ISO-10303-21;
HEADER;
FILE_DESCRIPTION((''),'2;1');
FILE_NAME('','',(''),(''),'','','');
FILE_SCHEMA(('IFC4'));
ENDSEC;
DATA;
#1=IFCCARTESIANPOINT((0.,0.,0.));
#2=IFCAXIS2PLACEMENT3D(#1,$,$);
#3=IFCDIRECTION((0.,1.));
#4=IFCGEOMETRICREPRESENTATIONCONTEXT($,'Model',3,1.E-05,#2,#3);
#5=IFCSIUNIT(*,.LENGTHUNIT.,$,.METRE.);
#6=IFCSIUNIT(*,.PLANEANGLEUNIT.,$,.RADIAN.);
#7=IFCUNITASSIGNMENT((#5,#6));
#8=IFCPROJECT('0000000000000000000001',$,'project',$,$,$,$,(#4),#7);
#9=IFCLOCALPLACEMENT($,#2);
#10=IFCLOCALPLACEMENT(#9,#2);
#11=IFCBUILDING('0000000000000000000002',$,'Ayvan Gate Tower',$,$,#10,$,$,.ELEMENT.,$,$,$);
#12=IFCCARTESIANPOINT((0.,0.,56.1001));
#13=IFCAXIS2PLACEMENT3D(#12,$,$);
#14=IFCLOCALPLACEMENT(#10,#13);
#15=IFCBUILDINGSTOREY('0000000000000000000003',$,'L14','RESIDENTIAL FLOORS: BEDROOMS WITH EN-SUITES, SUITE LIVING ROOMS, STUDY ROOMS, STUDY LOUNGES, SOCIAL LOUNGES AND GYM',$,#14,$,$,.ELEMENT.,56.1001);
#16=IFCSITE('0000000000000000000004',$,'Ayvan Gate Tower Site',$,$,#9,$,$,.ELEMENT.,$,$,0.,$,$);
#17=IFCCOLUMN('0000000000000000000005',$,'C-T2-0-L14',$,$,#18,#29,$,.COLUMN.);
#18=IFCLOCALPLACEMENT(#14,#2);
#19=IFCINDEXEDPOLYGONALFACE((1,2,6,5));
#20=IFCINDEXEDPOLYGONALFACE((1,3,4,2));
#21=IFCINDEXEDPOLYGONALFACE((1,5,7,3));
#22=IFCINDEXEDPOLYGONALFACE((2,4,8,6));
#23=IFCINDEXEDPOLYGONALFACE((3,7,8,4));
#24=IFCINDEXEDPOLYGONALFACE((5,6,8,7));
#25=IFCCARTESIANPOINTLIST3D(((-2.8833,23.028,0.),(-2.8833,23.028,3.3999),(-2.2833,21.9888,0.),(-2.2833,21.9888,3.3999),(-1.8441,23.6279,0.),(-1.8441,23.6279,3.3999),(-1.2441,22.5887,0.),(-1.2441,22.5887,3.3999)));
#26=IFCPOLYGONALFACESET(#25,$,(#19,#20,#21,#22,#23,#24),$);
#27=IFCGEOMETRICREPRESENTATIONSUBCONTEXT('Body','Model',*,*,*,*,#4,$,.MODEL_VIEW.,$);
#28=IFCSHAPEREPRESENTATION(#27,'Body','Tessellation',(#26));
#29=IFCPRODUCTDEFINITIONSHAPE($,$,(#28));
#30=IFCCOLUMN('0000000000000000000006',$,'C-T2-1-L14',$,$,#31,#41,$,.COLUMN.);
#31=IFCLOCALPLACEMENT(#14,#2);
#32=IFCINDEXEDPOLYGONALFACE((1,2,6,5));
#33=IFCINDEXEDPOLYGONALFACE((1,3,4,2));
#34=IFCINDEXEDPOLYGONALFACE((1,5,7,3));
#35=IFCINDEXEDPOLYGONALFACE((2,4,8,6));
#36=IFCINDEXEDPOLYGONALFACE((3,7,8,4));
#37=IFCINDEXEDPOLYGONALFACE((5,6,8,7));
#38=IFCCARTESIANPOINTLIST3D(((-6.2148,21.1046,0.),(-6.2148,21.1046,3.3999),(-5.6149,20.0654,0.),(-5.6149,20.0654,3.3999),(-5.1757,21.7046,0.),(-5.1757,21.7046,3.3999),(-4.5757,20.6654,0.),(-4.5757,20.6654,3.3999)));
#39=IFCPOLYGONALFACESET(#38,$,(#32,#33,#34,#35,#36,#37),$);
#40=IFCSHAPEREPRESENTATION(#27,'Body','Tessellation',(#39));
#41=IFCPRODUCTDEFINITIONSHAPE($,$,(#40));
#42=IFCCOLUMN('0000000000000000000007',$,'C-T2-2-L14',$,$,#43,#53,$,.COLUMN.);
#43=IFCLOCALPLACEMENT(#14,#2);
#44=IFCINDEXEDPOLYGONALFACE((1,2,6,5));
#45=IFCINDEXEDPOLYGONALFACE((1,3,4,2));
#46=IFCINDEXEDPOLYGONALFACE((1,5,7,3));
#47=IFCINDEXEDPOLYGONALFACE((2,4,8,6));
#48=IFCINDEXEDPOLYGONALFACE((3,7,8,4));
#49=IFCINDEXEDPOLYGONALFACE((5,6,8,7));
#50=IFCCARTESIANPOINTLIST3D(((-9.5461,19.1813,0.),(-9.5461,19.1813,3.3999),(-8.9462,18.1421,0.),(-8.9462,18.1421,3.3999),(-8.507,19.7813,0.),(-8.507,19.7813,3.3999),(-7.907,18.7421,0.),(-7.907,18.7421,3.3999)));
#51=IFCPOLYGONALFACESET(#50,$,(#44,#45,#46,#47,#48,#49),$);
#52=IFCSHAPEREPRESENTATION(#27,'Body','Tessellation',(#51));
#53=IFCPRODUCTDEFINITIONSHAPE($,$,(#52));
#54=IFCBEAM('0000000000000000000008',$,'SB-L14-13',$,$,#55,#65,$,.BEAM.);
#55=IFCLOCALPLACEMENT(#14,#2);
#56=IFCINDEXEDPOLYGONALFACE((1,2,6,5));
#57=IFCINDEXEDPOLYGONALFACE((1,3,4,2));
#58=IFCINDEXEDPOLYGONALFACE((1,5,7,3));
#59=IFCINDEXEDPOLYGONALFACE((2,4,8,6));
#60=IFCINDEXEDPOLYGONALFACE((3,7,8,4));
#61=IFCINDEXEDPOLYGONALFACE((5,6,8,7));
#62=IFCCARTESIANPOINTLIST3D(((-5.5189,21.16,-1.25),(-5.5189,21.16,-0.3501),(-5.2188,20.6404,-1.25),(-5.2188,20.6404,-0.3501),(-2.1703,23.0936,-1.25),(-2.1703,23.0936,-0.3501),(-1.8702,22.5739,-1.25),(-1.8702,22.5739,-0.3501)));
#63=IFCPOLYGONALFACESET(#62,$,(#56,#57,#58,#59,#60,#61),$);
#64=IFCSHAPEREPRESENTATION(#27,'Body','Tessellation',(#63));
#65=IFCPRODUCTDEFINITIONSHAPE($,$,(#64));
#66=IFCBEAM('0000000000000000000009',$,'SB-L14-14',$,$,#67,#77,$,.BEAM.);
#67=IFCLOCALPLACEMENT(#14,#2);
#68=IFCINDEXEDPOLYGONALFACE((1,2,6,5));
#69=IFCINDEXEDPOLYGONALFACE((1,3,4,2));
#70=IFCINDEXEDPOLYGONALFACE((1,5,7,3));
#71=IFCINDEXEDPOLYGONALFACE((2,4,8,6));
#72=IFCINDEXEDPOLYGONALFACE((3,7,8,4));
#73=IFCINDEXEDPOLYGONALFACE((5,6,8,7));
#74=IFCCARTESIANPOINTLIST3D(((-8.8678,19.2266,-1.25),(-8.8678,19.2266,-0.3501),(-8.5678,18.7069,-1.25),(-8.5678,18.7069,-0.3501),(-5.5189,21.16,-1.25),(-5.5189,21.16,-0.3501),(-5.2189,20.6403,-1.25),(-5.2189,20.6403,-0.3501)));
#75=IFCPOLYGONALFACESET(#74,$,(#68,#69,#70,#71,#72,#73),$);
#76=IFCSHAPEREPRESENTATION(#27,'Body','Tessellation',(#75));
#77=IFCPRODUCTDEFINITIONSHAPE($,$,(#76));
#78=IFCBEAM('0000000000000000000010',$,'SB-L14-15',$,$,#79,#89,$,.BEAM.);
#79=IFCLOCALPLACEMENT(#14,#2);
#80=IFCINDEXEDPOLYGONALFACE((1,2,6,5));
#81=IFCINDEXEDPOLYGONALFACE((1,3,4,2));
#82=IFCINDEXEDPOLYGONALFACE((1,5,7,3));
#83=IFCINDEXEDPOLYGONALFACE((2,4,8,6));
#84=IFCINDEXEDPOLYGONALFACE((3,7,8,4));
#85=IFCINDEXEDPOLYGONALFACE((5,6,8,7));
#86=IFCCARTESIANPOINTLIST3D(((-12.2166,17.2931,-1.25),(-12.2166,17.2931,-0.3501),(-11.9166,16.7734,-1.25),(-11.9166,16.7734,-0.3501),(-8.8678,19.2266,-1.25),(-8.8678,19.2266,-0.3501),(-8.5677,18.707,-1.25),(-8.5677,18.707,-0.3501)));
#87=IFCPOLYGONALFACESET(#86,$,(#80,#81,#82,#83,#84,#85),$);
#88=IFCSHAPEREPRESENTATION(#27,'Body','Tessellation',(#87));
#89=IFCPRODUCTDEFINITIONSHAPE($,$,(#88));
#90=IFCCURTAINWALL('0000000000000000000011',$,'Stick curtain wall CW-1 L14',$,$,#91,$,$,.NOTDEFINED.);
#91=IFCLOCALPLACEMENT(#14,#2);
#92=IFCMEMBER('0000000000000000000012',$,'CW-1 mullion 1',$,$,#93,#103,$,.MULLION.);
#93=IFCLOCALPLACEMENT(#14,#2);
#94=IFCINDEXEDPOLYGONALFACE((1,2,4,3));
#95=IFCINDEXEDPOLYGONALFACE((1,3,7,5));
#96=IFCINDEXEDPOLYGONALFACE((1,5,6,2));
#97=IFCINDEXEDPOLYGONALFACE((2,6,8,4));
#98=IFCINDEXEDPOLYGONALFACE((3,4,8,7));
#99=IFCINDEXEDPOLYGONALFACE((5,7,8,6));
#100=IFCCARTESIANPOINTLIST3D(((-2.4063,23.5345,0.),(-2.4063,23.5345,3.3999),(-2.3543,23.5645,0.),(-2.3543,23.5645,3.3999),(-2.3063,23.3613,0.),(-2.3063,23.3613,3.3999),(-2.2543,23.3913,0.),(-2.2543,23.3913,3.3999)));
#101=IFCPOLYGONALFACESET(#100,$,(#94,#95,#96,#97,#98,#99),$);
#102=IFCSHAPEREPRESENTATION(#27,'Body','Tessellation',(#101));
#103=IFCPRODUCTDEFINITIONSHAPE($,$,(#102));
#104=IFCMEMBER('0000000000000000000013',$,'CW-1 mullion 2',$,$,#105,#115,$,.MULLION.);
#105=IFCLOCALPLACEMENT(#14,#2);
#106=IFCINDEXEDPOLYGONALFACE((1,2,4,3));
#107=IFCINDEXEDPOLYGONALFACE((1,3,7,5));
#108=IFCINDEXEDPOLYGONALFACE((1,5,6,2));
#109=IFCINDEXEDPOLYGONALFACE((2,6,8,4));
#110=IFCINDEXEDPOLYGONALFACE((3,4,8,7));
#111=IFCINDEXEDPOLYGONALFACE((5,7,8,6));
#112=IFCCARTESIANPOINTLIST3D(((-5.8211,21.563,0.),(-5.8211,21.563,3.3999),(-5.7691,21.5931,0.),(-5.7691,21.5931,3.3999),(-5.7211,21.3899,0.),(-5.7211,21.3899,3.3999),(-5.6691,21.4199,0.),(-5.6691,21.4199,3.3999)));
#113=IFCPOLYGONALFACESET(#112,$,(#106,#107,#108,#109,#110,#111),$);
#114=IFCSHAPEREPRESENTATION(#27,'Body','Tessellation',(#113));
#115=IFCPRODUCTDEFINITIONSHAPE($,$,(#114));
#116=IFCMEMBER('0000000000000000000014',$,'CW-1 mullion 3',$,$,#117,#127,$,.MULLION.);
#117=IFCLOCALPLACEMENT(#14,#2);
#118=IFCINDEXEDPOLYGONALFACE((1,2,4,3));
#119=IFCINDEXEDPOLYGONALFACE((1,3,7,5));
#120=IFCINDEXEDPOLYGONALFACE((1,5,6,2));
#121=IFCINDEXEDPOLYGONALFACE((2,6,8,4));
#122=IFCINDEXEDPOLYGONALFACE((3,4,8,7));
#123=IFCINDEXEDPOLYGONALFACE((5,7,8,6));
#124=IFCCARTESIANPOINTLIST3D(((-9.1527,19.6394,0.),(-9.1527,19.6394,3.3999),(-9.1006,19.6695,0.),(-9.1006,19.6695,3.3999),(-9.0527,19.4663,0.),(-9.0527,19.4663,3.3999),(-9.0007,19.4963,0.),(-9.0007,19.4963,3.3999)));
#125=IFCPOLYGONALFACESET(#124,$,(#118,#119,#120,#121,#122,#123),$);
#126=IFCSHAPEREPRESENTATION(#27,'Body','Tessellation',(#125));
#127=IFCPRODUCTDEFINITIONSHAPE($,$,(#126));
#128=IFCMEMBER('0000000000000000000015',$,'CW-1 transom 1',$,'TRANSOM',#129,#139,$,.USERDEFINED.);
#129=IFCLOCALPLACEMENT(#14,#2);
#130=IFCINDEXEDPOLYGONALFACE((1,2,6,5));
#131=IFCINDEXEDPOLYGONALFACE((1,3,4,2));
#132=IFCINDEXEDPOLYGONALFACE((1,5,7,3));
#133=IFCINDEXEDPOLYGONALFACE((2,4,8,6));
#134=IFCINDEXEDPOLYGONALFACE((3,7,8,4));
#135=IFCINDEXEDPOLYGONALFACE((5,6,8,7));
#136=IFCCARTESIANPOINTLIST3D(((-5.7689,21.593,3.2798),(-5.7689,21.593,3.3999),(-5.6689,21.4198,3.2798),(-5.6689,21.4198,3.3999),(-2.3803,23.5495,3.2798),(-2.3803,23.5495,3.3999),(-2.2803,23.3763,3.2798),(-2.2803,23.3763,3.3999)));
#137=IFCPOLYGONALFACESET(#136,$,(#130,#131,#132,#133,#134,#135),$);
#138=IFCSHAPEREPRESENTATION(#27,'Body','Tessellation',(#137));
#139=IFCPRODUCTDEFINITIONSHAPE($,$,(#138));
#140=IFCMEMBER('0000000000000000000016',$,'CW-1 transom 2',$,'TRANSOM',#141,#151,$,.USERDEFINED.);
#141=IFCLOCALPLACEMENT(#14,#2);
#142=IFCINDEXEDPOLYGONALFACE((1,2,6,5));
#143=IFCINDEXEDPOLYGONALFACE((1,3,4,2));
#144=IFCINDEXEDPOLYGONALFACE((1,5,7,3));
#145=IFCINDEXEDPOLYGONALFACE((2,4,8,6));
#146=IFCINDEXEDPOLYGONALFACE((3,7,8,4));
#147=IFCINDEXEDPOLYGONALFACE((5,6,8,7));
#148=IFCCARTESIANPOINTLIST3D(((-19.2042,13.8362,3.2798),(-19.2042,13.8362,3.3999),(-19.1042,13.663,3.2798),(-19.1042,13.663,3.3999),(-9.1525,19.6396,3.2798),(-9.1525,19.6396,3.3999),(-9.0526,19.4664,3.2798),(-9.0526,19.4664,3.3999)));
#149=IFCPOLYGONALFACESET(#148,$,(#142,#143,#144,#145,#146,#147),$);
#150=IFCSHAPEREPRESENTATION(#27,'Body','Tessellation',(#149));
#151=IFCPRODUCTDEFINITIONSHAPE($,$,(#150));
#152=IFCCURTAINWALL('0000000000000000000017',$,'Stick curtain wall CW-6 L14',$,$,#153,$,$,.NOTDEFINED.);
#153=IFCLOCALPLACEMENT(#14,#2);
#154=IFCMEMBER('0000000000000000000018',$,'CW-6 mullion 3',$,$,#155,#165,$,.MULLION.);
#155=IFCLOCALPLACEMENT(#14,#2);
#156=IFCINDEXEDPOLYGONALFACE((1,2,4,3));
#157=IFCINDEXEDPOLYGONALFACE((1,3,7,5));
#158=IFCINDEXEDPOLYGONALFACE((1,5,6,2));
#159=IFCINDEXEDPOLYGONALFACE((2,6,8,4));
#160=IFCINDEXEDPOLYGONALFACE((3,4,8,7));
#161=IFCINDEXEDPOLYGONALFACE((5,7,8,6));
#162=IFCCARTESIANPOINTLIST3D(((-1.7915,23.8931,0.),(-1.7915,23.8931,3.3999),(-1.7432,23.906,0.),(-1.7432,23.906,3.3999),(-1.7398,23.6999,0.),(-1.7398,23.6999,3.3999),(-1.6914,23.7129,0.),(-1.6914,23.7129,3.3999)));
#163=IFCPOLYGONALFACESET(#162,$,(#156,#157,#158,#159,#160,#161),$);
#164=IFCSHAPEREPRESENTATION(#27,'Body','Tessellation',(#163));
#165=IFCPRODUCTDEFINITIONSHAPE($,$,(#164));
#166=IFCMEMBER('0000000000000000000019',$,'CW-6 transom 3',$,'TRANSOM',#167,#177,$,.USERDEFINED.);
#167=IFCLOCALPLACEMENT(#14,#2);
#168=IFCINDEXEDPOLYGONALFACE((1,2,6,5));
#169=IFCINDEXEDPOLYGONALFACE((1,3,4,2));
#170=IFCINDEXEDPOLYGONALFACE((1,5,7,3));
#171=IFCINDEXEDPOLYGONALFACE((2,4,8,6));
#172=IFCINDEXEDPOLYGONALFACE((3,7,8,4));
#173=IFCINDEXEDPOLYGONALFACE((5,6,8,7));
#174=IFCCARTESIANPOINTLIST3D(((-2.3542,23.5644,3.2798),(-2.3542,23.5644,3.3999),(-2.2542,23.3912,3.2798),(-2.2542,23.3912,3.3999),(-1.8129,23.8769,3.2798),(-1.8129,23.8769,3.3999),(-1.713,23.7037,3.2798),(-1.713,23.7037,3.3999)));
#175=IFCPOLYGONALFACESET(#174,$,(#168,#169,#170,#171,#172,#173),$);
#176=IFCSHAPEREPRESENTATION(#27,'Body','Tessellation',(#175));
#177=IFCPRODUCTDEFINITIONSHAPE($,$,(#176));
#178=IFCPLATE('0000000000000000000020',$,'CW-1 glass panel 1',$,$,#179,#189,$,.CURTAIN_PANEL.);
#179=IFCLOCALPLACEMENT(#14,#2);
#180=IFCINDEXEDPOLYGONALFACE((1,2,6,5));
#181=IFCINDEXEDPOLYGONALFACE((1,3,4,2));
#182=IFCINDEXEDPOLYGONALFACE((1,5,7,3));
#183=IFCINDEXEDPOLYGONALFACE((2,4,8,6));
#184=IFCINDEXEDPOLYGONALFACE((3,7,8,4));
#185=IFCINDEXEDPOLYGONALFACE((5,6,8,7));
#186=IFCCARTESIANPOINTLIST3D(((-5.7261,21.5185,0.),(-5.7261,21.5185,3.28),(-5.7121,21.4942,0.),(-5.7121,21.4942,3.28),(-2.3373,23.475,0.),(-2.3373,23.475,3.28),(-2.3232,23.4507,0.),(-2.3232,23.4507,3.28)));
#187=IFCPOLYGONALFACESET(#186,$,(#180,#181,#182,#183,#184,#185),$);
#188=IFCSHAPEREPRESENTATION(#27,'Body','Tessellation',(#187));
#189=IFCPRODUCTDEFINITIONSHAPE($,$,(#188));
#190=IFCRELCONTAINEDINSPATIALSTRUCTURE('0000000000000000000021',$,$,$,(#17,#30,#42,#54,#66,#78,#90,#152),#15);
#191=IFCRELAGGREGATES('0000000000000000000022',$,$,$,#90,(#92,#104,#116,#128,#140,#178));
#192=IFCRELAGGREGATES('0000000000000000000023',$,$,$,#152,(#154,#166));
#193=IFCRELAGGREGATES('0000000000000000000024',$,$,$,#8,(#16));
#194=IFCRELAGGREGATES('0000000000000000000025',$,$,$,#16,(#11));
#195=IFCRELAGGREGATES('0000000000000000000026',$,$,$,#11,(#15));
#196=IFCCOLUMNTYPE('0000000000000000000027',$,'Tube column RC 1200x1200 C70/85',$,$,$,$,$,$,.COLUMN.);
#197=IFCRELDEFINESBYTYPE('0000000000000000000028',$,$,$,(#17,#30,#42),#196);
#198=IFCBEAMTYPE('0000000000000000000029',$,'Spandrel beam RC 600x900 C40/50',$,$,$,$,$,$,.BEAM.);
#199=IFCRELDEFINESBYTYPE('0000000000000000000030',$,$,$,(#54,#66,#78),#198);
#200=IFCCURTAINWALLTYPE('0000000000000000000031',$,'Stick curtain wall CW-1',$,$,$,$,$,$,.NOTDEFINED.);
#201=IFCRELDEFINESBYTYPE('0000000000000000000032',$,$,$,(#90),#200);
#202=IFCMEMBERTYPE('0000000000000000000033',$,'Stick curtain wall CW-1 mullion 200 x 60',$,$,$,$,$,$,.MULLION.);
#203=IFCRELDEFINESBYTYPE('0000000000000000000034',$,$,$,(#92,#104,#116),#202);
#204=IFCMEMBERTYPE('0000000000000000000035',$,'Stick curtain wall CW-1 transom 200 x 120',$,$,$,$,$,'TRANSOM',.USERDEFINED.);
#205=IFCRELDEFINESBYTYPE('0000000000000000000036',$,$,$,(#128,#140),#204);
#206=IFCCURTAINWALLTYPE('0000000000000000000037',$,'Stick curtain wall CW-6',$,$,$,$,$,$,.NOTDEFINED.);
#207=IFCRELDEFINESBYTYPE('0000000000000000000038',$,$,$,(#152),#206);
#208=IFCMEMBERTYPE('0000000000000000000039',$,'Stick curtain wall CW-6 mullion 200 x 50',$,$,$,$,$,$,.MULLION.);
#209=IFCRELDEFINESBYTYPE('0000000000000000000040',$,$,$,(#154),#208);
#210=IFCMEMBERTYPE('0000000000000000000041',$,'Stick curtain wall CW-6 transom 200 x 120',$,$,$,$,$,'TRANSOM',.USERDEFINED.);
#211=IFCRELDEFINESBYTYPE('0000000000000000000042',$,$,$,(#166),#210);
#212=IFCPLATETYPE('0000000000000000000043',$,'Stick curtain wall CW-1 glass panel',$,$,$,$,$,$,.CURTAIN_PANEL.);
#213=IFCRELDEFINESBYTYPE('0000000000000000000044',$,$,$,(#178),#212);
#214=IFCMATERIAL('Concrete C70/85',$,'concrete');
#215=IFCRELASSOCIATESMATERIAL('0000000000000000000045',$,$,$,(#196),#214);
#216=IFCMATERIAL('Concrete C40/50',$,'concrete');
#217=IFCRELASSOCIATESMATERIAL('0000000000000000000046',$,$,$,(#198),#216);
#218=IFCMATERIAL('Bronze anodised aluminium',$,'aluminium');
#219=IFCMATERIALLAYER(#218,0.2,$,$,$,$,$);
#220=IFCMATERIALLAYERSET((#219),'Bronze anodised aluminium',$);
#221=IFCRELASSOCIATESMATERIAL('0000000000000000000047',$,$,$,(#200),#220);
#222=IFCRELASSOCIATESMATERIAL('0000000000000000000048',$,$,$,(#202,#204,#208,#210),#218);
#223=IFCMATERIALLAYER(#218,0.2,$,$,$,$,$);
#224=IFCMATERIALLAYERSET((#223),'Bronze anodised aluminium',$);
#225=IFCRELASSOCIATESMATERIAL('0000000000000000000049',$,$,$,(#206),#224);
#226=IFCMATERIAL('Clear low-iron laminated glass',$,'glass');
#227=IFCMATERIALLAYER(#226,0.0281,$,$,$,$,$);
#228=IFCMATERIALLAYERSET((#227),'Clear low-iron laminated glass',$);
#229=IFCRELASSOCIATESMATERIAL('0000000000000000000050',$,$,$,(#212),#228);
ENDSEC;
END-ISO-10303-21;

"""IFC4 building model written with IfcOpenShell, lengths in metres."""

from ifc_helpers import new_model, si_unit, direction, frame, origin, origin_2d, place, context, subcontext, project, spatial, rectangle, extrude, material, layer, layer_set, material_profile, profile_set, type_object, element, aggregate, save


model = new_model("IFC4")

# Units and contexts
model_context = context("Model", 3, precision=1e-05, world=origin(), true_north=direction((0.0, 1.0)))
body_context = subcontext(model_context, "Body", "Model", "MODEL_VIEW")
ifc_project = project(units=[si_unit("LENGTHUNIT", "METRE"), si_unit("PLANEANGLEUNIT", "RADIAN")], contexts=[model_context])

# Site, building, storey
site_placement = place(None, origin())
site = spatial("IfcSite", under=ifc_project, at=site_placement, Name="Ayvan Gate Tower Site", CompositionType="ELEMENT", RefElevation=0.0)
building_placement = place(site_placement, origin())
building = spatial("IfcBuilding", under=site, at=building_placement, Name="Ayvan Gate Tower", CompositionType="ELEMENT")
storey_placement = place(building_placement, frame((0.0, 0.0, 56.1001)))
storey = spatial("IfcBuildingStorey", under=building, at=storey_placement, Name="L14", Description="RESIDENTIAL FLOORS: BEDROOMS WITH EN-SUITES, SUITE LIVING ROOMS, STUDY ROOMS, STUDY LOUNGES, SOCIAL LOUNGES AND GYM", CompositionType="ELEMENT", Elevation=56.1001)

# Columns
ifc_material_1 = material(Name="Concrete C70/85", Category="concrete")
ifc_material_profile_1 = material_profile(ifc_material_1, rectangle(XDim=1.2, YDim=1.2, at=origin_2d()), Name="RC 1200x1200")
ifc_profile_set_1 = profile_set([ifc_material_profile_1], Name="Concrete C70/85")
column_type = type_object("IfcColumnType", Name="Tube column RC 1200x1200 C70/85", PredefinedType="COLUMN", material=ifc_profile_set_1)
for number, where, z_axis, x_axis, name in (
    (1, (-2.0637, 22.8083, 0.0), (0.0, 0.0, 1.0), (-0.5, 0.866025, 0.0), "C-T2-0-L14"),
    (2, (-5.3953, 20.885, 0.0), (0.0, 0.0, 1.0), (-0.5, 0.866025, 0.0), "C-T2-1-L14"),
    (3, (-8.7266, 18.9617, 0.0), (0.0, 0.0, 1.0), (-0.5, 0.866025, 0.0), "C-T2-2-L14"),
):
    element("IfcColumn", number, at=place(storey_placement, frame(where, z_axis=z_axis, x_axis=x_axis)), inside=storey, type_object=column_type, Name=name, PredefinedType="COLUMN", context=body_context, shape_type="SweptSolid", body=[
        extrude(rectangle(XDim=1.2, YDim=1.2, at=origin_2d()), origin(), (0.0, 0.0, 1.0), 3.3999),
    ])

# Beams
ifc_material_2 = material(Name="Concrete C40/50", Category="concrete")
ifc_material_profile_2 = material_profile(ifc_material_2, rectangle(XDim=0.6001, YDim=0.8999, at=origin_2d()), Name="RC 600x900")
ifc_profile_set_2 = profile_set([ifc_material_profile_2], Name="Concrete C40/50")
beam_type = type_object("IfcBeamType", Name="Spandrel beam RC 600x900 C40/50", PredefinedType="BEAM", material=ifc_profile_set_2)
beam_placement = place(storey_placement, frame((-2.0203, 22.8337, -0.8), z_axis=(-0.865996, -0.50005, 0.0), x_axis=(0.50005, -0.865996, 0.0)))
element("IfcBeam", 4, at=beam_placement, inside=storey, type_object=beam_type, Name="SB-L14-13", PredefinedType="BEAM", context=body_context, shape_type="SweptSolid", body=[
    extrude(rectangle(XDim=0.6001, YDim=0.8999, at=origin_2d()), origin(), (0.0, 0.0, 1.0), 3.8667),
])
for number, where, z_axis, x_axis, name in (
    (5, (-5.3689, 20.9001, -0.8), (-0.866039, -0.499976, 0.0), (0.499976, -0.866039, 0.0), "SB-L14-14"),
    (6, (-8.7178, 18.9668, -0.8), (-0.866012, -0.500023, 0.0), (0.500023, -0.866012, 0.0), "SB-L14-15"),
):
    element("IfcBeam", number, at=place(storey_placement, frame(where, z_axis=z_axis, x_axis=x_axis)), inside=storey, type_object=beam_type, Name=name, PredefinedType="BEAM", context=body_context, shape_type="SweptSolid", body=[
        extrude(rectangle(XDim=0.6001, YDim=0.8999, at=origin_2d()), origin(), (0.0, 0.0, 1.0), 3.8669),
    ])

# Curtain walls, members
ifc_material_3 = material(Name="Bronze anodised aluminium", Category="aluminium")
ifc_layer_1 = layer(ifc_material_3, 0.2)
ifc_layer_set_1 = layer_set([ifc_layer_1], Name="Bronze anodised aluminium")
curtain_wall_type_1 = type_object("IfcCurtainWallType", Name="Stick curtain wall CW-1", PredefinedType="NOTDEFINED", material=ifc_layer_set_1)
curtain_wall_1_placement = place(storey_placement, origin())
curtain_wall_1 = element("IfcCurtainWall", 7, at=curtain_wall_1_placement, inside=storey, type_object=curtain_wall_type_1, Name="Stick curtain wall CW-1 L14", PredefinedType="NOTDEFINED")
ifc_material_profile_3 = material_profile(ifc_material_3, rectangle(XDim=0.2, YDim=0.0601, at=origin_2d()), Name="Stick curtain wall CW-1 mullion 200 x 60")
ifc_profile_set_3 = profile_set([ifc_material_profile_3], Name="Bronze anodised aluminium")
member_type_1 = type_object("IfcMemberType", Name="Stick curtain wall CW-1 mullion 200 x 60", PredefinedType="MULLION", material=ifc_profile_set_3)
member_1_placement = place(storey_placement, frame((-2.3303, 23.4629, 0.0), z_axis=(0.0, 0.0, 1.0), x_axis=(-0.5, 0.866025, 0.0)))
member_1 = element("IfcMember", 8, at=member_1_placement, type_object=member_type_1, Name="CW-1 mullion 1", PredefinedType="MULLION", context=body_context, shape_type="SweptSolid", body=[
    extrude(rectangle(XDim=0.2, YDim=0.0601, at=origin_2d()), origin(), (0.0, 0.0, 1.0), 3.3999),
])
member_2_placement = place(storey_placement, frame((-5.7451, 21.4915, 0.0), z_axis=(0.0, 0.0, 1.0), x_axis=(-0.5, 0.866025, 0.0)))
member_2 = element("IfcMember", 9, at=member_2_placement, type_object=member_type_1, Name="CW-1 mullion 2", PredefinedType="MULLION", context=body_context, shape_type="SweptSolid", body=[
    extrude(rectangle(XDim=0.2, YDim=0.0601, at=origin_2d()), origin(), (0.0, 0.0, 1.0), 3.3999),
])
member_3_placement = place(storey_placement, frame((-9.0767, 19.5679, 0.0), z_axis=(0.0, 0.0, 1.0), x_axis=(-0.5, 0.866025, 0.0)))
member_3 = element("IfcMember", 10, at=member_3_placement, type_object=member_type_1, Name="CW-1 mullion 3", PredefinedType="MULLION", context=body_context, shape_type="SweptSolid", body=[
    extrude(rectangle(XDim=0.2, YDim=0.0601, at=origin_2d()), origin(), (0.0, 0.0, 1.0), 3.3999),
])
ifc_material_profile_4 = material_profile(ifc_material_3, rectangle(XDim=0.2, YDim=0.1201, at=origin_2d()), Name="Stick curtain wall CW-1 transom 200 x 120")
ifc_profile_set_4 = profile_set([ifc_material_profile_4], Name="Bronze anodised aluminium")
member_type_2 = type_object("IfcMemberType", Name="Stick curtain wall CW-1 transom 200 x 120", ElementType="TRANSOM", PredefinedType="USERDEFINED", material=ifc_profile_set_4)
member_4_placement = place(storey_placement, frame((-2.3303, 23.4629, 3.3398), z_axis=(-0.866015, -0.500018, 0.0), x_axis=(0.500018, -0.866015, 0.0)))
member_4 = element("IfcMember", 11, at=member_4_placement, type_object=member_type_2, Name="CW-1 transom 1", ObjectType="TRANSOM", PredefinedType="USERDEFINED", context=body_context, shape_type="SweptSolid", body=[
    extrude(rectangle(XDim=0.2, YDim=0.1201, at=origin_2d()), origin(), (0.0, 0.0, 1.0), 3.9128),
])
member_5_placement = place(storey_placement, frame((-9.1025, 19.553, 3.3398), z_axis=(-0.866022, -0.500005, 0.0), x_axis=(0.500005, -0.866022, 0.0)))
member_5 = element("IfcMember", 12, at=member_5_placement, type_object=member_type_2, Name="CW-1 transom 2", ObjectType="TRANSOM", PredefinedType="USERDEFINED", context=body_context, shape_type="SweptSolid", body=[
    extrude(rectangle(XDim=0.2, YDim=0.1201, at=origin_2d()), origin(), (0.0, 0.0, 1.0), 11.6067),
])
ifc_layer_2 = layer(ifc_material_3, 0.2)
ifc_layer_set_2 = layer_set([ifc_layer_2], Name="Bronze anodised aluminium")
curtain_wall_type_2 = type_object("IfcCurtainWallType", Name="Stick curtain wall CW-6", PredefinedType="NOTDEFINED", material=ifc_layer_set_2)
curtain_wall_2_placement = place(storey_placement, origin())
curtain_wall_2 = element("IfcCurtainWall", 13, at=curtain_wall_2_placement, inside=storey, type_object=curtain_wall_type_2, Name="Stick curtain wall CW-6 L14", PredefinedType="NOTDEFINED")
ifc_material_profile_5 = material_profile(ifc_material_3, rectangle(XDim=0.2, YDim=0.05, at=origin_2d()), Name="Stick curtain wall CW-6 mullion 200 x 50")
ifc_profile_set_5 = profile_set([ifc_material_profile_5], Name="Bronze anodised aluminium")
member_type_3 = type_object("IfcMemberType", Name="Stick curtain wall CW-6 mullion 200 x 50", PredefinedType="MULLION", material=ifc_profile_set_5)
member_6_placement = place(storey_placement, frame((-1.7415, 23.803, 0.0), z_axis=(0.0, 0.0, 1.0), x_axis=(-0.258819, 0.965926, 0.0)))
member_6 = element("IfcMember", 14, at=member_6_placement, type_object=member_type_3, Name="CW-6 mullion 3", PredefinedType="MULLION", context=body_context, shape_type="SweptSolid", body=[
    extrude(rectangle(XDim=0.2, YDim=0.05, at=origin_2d()), origin(), (0.0, 0.0, 1.0), 3.3999),
])
ifc_material_profile_6 = material_profile(ifc_material_3, rectangle(XDim=0.2, YDim=0.1201, at=origin_2d()), Name="Stick curtain wall CW-6 transom 200 x 120")
ifc_profile_set_6 = profile_set([ifc_material_profile_6], Name="Bronze anodised aluminium")
member_type_4 = type_object("IfcMemberType", Name="Stick curtain wall CW-6 transom 200 x 120", ElementType="TRANSOM", PredefinedType="USERDEFINED", material=ifc_profile_set_6)
member_7_placement = place(storey_placement, frame((-1.7629, 23.7903, 3.3398), z_axis=(-0.866023, -0.500004, 0.0), x_axis=(0.500004, -0.866023, 0.0)))
member_7 = element("IfcMember", 15, at=member_7_placement, type_object=member_type_4, Name="CW-6 transom 3", ObjectType="TRANSOM", PredefinedType="USERDEFINED", context=body_context, shape_type="SweptSolid", body=[
    extrude(rectangle(XDim=0.2, YDim=0.1201, at=origin_2d()), origin(), (0.0, 0.0, 1.0), 0.625),
])

# Plate
ifc_material_4 = material(Name="Clear low-iron laminated glass", Category="glass")
ifc_layer_3 = layer(ifc_material_4, 0.0281)
ifc_layer_set_3 = layer_set([ifc_layer_3], Name="Clear low-iron laminated glass")
plate_type_1 = type_object("IfcPlateType", Name="Stick curtain wall CW-1 glass panel", PredefinedType="CURTAIN_PANEL", material=ifc_layer_set_3)
plate_1_placement = place(storey_placement, frame((-4.0247, 22.4846, 0.0), z_axis=(0.0, 0.0, 1.0), x_axis=(-0.866025, -0.5, 0.0)))
plate_1 = element("IfcPlate", 16, at=plate_1_placement, type_object=plate_type_1, Name="CW-1 glass panel 1", PredefinedType="CURTAIN_PANEL", context=body_context, shape_type="SweptSolid", body=[
    extrude(rectangle(XDim=3.9131, YDim=0.0281, at=origin_2d()), origin(), (0.0, 0.0, 1.0), 3.28),
])
aggregate(curtain_wall_1, [member_1, member_2, member_3, member_4, member_5, plate_1])
aggregate(curtain_wall_2, [member_6, member_7])

save(model, "model.ifc")
